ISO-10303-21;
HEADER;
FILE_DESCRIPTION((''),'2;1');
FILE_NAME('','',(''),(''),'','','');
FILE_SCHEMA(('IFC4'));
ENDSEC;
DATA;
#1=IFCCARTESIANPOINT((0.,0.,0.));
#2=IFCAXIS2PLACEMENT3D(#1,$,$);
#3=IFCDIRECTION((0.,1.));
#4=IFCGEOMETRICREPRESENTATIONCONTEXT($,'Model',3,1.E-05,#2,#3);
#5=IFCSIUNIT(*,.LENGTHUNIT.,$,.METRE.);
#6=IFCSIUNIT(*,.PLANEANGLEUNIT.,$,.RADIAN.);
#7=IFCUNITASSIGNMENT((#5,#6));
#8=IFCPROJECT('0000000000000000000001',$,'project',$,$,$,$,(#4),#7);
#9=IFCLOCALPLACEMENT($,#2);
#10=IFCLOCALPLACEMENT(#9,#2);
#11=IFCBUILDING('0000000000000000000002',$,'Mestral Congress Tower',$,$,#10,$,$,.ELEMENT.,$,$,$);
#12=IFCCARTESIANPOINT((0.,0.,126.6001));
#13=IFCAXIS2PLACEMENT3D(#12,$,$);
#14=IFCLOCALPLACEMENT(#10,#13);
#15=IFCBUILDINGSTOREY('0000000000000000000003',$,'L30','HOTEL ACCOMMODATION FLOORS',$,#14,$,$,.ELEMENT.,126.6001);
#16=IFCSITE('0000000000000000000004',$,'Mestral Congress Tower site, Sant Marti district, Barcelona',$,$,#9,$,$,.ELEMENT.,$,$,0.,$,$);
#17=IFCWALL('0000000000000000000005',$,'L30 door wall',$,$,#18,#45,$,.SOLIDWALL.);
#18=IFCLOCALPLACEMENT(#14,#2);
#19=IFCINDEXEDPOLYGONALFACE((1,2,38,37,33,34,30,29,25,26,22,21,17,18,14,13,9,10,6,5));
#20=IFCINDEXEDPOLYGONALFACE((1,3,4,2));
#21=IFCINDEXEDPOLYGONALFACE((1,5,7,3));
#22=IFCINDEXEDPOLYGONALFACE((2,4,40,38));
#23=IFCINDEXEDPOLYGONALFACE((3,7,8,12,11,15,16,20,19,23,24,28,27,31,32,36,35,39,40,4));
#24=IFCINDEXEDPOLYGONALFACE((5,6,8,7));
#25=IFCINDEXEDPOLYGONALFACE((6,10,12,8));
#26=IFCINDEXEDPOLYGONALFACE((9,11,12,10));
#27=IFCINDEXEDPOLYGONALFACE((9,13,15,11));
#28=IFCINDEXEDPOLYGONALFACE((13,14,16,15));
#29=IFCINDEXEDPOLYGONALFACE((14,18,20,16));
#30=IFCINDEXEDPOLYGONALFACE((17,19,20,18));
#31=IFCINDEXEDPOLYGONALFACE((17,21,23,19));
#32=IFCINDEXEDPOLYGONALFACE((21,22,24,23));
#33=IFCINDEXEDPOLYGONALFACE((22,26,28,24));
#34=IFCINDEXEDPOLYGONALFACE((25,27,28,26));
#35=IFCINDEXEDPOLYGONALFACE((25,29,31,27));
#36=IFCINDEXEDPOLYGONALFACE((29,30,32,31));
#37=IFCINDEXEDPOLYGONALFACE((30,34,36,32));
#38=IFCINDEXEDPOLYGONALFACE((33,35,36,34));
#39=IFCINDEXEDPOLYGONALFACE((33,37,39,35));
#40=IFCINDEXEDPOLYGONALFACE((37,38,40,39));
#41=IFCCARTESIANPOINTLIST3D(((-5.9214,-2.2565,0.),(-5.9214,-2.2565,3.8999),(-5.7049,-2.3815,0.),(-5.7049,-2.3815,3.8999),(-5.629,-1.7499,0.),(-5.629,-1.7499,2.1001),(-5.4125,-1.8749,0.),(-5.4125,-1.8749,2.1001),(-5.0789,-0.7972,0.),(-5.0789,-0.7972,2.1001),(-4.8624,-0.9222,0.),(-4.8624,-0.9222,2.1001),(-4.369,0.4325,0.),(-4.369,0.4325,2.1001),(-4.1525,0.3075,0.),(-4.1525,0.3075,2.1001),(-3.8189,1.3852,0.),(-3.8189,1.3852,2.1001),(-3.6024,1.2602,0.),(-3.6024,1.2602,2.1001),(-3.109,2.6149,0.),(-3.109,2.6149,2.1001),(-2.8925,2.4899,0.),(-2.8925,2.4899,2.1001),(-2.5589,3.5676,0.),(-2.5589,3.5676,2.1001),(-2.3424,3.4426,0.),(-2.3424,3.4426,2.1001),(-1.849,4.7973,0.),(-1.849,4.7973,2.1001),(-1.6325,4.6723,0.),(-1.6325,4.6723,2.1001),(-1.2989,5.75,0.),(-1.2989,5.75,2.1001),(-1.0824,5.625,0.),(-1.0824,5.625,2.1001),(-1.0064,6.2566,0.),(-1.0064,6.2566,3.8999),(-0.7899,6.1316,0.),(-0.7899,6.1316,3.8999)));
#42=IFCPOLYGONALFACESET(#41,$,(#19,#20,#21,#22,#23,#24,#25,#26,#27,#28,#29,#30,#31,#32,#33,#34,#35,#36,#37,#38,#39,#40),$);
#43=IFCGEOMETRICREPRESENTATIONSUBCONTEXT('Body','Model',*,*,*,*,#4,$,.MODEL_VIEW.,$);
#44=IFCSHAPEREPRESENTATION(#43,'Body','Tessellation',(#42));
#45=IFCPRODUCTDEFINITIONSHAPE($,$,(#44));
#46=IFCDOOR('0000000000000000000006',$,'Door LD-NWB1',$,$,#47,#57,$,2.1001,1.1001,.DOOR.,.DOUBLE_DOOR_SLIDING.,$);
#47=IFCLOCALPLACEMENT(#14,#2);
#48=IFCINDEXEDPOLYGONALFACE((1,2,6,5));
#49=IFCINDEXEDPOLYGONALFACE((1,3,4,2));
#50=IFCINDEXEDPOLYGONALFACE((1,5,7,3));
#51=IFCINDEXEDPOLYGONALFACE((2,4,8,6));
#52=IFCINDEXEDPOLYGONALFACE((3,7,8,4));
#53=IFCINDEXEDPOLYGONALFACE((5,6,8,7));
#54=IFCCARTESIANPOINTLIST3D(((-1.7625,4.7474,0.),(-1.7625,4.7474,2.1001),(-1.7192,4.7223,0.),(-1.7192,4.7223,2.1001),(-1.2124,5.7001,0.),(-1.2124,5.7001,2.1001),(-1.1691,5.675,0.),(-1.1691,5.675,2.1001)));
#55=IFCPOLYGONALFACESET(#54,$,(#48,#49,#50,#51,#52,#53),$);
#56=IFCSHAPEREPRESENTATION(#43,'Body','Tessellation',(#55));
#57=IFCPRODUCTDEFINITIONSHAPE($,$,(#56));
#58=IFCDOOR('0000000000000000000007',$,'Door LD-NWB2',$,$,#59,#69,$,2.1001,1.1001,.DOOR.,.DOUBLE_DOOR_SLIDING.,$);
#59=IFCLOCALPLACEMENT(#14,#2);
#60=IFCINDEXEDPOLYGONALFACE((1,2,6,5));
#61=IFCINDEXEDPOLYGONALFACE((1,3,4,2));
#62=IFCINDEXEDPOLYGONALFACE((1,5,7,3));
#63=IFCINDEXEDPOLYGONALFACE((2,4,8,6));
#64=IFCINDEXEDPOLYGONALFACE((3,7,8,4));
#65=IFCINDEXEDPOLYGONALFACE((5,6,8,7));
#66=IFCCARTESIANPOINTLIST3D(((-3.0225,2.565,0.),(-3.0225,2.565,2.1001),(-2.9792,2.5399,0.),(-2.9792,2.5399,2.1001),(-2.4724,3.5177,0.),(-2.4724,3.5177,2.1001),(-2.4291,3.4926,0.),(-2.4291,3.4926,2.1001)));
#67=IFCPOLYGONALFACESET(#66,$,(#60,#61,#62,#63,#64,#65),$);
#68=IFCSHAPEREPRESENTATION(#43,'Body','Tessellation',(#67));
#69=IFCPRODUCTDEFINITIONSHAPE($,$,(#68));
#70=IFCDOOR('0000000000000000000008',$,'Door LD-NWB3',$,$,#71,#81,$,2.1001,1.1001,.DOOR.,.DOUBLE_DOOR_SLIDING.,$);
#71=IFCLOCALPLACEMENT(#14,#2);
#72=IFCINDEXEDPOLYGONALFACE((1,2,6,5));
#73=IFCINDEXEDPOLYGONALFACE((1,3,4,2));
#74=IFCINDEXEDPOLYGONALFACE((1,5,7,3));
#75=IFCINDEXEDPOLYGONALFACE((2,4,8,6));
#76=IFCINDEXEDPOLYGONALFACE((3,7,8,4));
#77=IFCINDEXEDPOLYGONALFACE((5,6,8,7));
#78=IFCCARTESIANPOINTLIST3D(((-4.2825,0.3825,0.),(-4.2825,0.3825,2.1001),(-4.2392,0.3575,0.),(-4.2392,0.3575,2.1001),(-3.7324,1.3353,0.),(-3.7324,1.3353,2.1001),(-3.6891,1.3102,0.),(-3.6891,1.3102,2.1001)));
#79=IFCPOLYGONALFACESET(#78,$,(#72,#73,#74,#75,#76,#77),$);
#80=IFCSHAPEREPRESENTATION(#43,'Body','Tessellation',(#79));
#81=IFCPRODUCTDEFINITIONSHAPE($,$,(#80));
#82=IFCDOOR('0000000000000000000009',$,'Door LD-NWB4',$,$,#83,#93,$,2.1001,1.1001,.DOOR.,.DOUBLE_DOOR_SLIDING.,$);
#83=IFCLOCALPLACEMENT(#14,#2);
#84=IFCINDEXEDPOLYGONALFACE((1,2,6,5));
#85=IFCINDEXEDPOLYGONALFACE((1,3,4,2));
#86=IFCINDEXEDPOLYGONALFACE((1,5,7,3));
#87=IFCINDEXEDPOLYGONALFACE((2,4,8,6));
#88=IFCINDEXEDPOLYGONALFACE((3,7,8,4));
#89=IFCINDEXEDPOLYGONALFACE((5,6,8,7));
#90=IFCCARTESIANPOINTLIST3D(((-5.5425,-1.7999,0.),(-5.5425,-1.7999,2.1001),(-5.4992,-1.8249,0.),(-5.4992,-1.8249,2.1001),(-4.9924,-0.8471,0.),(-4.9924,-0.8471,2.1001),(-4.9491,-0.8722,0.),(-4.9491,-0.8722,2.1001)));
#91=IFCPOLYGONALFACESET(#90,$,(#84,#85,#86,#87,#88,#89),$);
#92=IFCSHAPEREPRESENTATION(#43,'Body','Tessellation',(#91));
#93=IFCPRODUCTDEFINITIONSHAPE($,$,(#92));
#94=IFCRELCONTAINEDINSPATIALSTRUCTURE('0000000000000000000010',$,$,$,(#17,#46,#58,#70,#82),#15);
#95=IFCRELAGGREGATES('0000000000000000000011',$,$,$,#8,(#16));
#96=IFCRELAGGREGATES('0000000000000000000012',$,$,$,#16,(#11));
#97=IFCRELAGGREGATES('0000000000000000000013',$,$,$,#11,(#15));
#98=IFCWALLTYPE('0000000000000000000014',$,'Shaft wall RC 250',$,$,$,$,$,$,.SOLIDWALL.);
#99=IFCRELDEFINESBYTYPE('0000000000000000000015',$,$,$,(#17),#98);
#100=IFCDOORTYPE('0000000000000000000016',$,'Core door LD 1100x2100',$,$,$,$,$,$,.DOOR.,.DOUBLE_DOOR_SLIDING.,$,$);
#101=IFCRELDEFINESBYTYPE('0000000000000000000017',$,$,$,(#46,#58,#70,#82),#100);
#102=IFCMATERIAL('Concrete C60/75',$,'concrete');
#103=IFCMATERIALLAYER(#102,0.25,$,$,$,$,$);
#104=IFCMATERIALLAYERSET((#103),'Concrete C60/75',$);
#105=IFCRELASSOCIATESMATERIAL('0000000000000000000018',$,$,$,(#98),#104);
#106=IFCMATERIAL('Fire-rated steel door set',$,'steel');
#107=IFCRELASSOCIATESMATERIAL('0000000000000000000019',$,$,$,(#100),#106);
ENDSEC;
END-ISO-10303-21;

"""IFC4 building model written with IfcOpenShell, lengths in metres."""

from ifc_helpers import new_model, si_unit, direction, frame, frame_2d, origin, place, context, subcontext, project, spatial, rectangle, extrude, material, layer, layer_set, type_object, element, fill, save


model = new_model("IFC4")

# Units and contexts
model_context = context("Model", 3, precision=1e-05, world=origin(), true_north=direction((0.0, 1.0)))
body_context = subcontext(model_context, "Body", "Model", "MODEL_VIEW")
ifc_project = project(units=[si_unit("LENGTHUNIT", "METRE"), si_unit("PLANEANGLEUNIT", "RADIAN")], contexts=[model_context])

# Site, building, storey
site_placement = place(None, origin())
site = spatial("IfcSite", under=ifc_project, at=site_placement, Name="Mestral Congress Tower site, Sant Marti district, Barcelona", CompositionType="ELEMENT", RefElevation=0.0)
building_placement = place(site_placement, origin())
building = spatial("IfcBuilding", under=site, at=building_placement, Name="Mestral Congress Tower", CompositionType="ELEMENT")
storey_placement = place(building_placement, frame((0.0, 0.0, 126.6001)))
storey = spatial("IfcBuildingStorey", under=building, at=storey_placement, Name="L30", Description="HOTEL ACCOMMODATION FLOORS", CompositionType="ELEMENT", Elevation=126.6001)

# Shared definitions
ifc_material_1 = material(Name="Fire-rated steel door set", Category="steel")

# Shared definitions
ifc_material_2 = material(Name="Concrete C60/75", Category="concrete")
ifc_layer_1 = layer(ifc_material_2, 0.25)
ifc_layer_set_1 = layer_set([ifc_layer_1], Name="Concrete C60/75")
wall_type_1 = type_object("IfcWallType", Name="Shaft wall RC 250", PredefinedType="SOLIDWALL", material=ifc_layer_set_1)

# Wall, openings, doors
wall_1_placement = place(storey_placement, frame((-0.8982, 6.1941, 0.0), z_axis=(0.0, 0.0, 1.0), x_axis=(-0.499996, -0.866028, 0.0)))
wall_1 = element("IfcWall", 1, at=wall_1_placement, inside=storey, type_object=wall_type_1, Name="L30 door wall", PredefinedType="SOLIDWALL", context=body_context, shape_type="SweptSolid", body=[
    extrude(rectangle(XDim=9.8301, YDim=0.25, at=frame_2d((4.915, 0.0))), origin(), (0.0, 0.0, 1.0), 3.8999),
])
opening_1_placement = place(wall_1_placement, frame((0.585, 0.0, 0.0)))
opening_1 = element("IfcOpeningElement", 2, at=opening_1_placement, cuts=wall_1, PredefinedType="OPENING", context=body_context, shape_type="SweptSolid", body=[
    extrude(rectangle(XDim=1.1001, YDim=2.1001, at=frame_2d((0.55, 1.05))), frame((0.0, 0.135, 0.0), z_axis=(0.0, -1.0, 0.0), x_axis=(1.0, 0.0, 0.0)), (0.0, 0.0, 1.0), 0.27),
])
opening_2_placement = place(wall_1_placement, frame((3.105, 0.0, 0.0)))
opening_2 = element("IfcOpeningElement", 3, at=opening_2_placement, cuts=wall_1, PredefinedType="OPENING", context=body_context, shape_type="SweptSolid", body=[
    extrude(rectangle(XDim=1.1001, YDim=2.1001, at=frame_2d((0.55, 1.05))), frame((0.0, 0.135, 0.0), z_axis=(0.0, -1.0, 0.0), x_axis=(1.0, 0.0, 0.0)), (0.0, 0.0, 1.0), 0.27),
])
opening_3_placement = place(wall_1_placement, frame((5.625, 0.0, 0.0)))
opening_3 = element("IfcOpeningElement", 4, at=opening_3_placement, cuts=wall_1, PredefinedType="OPENING", context=body_context, shape_type="SweptSolid", body=[
    extrude(rectangle(XDim=1.1001, YDim=2.1001, at=frame_2d((0.55, 1.05))), frame((0.0, 0.135, 0.0), z_axis=(0.0, -1.0, 0.0), x_axis=(1.0, 0.0, 0.0)), (0.0, 0.0, 1.0), 0.27),
])
opening_4_placement = place(wall_1_placement, frame((8.145, 0.0, 0.0)))
opening_4 = element("IfcOpeningElement", 5, at=opening_4_placement, cuts=wall_1, PredefinedType="OPENING", context=body_context, shape_type="SweptSolid", body=[
    extrude(rectangle(XDim=1.1001, YDim=2.1001, at=frame_2d((0.55, 1.05))), frame((0.0, 0.135, 0.0), z_axis=(0.0, -1.0, 0.0), x_axis=(1.0, 0.0, 0.0)), (0.0, 0.0, 1.0), 0.27),
])
door_type_1 = type_object("IfcDoorType", Name="Core door LD 1100x2100", OperationType="DOUBLE_DOOR_SLIDING", PredefinedType="DOOR", material=ifc_material_1)
door_1_placement = place(opening_1_placement, origin())
door_1 = element("IfcDoor", 6, at=door_1_placement, inside=storey, type_object=door_type_1, Name="Door LD-NWB1", OperationType="DOUBLE_DOOR_SLIDING", OverallHeight=2.1001, OverallWidth=1.1001, PredefinedType="DOOR", context=body_context, shape_type="SweptSolid", body=[
    extrude(rectangle(XDim=1.1001, YDim=2.1001, at=frame_2d((0.55, 1.05))), frame((0.0, 0.0249, 0.0), z_axis=(0.0, -1.0, 0.0), x_axis=(1.0, 0.0, 0.0)), (0.0, 0.0, 1.0), 0.05),
])
fill(opening_1, door_1)
door_2_placement = place(opening_2_placement, origin())
door_2 = element("IfcDoor", 7, at=door_2_placement, inside=storey, type_object=door_type_1, Name="Door LD-NWB2", OperationType="DOUBLE_DOOR_SLIDING", OverallHeight=2.1001, OverallWidth=1.1001, PredefinedType="DOOR", context=body_context, shape_type="SweptSolid", body=[
    extrude(rectangle(XDim=1.1001, YDim=2.1001, at=frame_2d((0.55, 1.05))), frame((0.0, 0.0249, 0.0), z_axis=(0.0, -1.0, 0.0), x_axis=(1.0, 0.0, 0.0)), (0.0, 0.0, 1.0), 0.05),
])
fill(opening_2, door_2)
door_3_placement = place(opening_3_placement, origin())
door_3 = element("IfcDoor", 8, at=door_3_placement, inside=storey, type_object=door_type_1, Name="Door LD-NWB3", OperationType="DOUBLE_DOOR_SLIDING", OverallHeight=2.1001, OverallWidth=1.1001, PredefinedType="DOOR", context=body_context, shape_type="SweptSolid", body=[
    extrude(rectangle(XDim=1.1001, YDim=2.1001, at=frame_2d((0.55, 1.05))), frame((0.0, 0.0249, 0.0), z_axis=(0.0, -1.0, 0.0), x_axis=(1.0, 0.0, 0.0)), (0.0, 0.0, 1.0), 0.05),
])
fill(opening_3, door_3)
door_4_placement = place(opening_4_placement, origin())
door_4 = element("IfcDoor", 9, at=door_4_placement, inside=storey, type_object=door_type_1, Name="Door LD-NWB4", OperationType="DOUBLE_DOOR_SLIDING", OverallHeight=2.1001, OverallWidth=1.1001, PredefinedType="DOOR", context=body_context, shape_type="SweptSolid", body=[
    extrude(rectangle(XDim=1.1001, YDim=2.1001, at=frame_2d((0.55, 1.05))), frame((0.0, 0.0249, 0.0), z_axis=(0.0, -1.0, 0.0), x_axis=(1.0, 0.0, 0.0)), (0.0, 0.0, 1.0), 0.05),
])
fill(opening_4, door_4)

save(model, "model.ifc")
